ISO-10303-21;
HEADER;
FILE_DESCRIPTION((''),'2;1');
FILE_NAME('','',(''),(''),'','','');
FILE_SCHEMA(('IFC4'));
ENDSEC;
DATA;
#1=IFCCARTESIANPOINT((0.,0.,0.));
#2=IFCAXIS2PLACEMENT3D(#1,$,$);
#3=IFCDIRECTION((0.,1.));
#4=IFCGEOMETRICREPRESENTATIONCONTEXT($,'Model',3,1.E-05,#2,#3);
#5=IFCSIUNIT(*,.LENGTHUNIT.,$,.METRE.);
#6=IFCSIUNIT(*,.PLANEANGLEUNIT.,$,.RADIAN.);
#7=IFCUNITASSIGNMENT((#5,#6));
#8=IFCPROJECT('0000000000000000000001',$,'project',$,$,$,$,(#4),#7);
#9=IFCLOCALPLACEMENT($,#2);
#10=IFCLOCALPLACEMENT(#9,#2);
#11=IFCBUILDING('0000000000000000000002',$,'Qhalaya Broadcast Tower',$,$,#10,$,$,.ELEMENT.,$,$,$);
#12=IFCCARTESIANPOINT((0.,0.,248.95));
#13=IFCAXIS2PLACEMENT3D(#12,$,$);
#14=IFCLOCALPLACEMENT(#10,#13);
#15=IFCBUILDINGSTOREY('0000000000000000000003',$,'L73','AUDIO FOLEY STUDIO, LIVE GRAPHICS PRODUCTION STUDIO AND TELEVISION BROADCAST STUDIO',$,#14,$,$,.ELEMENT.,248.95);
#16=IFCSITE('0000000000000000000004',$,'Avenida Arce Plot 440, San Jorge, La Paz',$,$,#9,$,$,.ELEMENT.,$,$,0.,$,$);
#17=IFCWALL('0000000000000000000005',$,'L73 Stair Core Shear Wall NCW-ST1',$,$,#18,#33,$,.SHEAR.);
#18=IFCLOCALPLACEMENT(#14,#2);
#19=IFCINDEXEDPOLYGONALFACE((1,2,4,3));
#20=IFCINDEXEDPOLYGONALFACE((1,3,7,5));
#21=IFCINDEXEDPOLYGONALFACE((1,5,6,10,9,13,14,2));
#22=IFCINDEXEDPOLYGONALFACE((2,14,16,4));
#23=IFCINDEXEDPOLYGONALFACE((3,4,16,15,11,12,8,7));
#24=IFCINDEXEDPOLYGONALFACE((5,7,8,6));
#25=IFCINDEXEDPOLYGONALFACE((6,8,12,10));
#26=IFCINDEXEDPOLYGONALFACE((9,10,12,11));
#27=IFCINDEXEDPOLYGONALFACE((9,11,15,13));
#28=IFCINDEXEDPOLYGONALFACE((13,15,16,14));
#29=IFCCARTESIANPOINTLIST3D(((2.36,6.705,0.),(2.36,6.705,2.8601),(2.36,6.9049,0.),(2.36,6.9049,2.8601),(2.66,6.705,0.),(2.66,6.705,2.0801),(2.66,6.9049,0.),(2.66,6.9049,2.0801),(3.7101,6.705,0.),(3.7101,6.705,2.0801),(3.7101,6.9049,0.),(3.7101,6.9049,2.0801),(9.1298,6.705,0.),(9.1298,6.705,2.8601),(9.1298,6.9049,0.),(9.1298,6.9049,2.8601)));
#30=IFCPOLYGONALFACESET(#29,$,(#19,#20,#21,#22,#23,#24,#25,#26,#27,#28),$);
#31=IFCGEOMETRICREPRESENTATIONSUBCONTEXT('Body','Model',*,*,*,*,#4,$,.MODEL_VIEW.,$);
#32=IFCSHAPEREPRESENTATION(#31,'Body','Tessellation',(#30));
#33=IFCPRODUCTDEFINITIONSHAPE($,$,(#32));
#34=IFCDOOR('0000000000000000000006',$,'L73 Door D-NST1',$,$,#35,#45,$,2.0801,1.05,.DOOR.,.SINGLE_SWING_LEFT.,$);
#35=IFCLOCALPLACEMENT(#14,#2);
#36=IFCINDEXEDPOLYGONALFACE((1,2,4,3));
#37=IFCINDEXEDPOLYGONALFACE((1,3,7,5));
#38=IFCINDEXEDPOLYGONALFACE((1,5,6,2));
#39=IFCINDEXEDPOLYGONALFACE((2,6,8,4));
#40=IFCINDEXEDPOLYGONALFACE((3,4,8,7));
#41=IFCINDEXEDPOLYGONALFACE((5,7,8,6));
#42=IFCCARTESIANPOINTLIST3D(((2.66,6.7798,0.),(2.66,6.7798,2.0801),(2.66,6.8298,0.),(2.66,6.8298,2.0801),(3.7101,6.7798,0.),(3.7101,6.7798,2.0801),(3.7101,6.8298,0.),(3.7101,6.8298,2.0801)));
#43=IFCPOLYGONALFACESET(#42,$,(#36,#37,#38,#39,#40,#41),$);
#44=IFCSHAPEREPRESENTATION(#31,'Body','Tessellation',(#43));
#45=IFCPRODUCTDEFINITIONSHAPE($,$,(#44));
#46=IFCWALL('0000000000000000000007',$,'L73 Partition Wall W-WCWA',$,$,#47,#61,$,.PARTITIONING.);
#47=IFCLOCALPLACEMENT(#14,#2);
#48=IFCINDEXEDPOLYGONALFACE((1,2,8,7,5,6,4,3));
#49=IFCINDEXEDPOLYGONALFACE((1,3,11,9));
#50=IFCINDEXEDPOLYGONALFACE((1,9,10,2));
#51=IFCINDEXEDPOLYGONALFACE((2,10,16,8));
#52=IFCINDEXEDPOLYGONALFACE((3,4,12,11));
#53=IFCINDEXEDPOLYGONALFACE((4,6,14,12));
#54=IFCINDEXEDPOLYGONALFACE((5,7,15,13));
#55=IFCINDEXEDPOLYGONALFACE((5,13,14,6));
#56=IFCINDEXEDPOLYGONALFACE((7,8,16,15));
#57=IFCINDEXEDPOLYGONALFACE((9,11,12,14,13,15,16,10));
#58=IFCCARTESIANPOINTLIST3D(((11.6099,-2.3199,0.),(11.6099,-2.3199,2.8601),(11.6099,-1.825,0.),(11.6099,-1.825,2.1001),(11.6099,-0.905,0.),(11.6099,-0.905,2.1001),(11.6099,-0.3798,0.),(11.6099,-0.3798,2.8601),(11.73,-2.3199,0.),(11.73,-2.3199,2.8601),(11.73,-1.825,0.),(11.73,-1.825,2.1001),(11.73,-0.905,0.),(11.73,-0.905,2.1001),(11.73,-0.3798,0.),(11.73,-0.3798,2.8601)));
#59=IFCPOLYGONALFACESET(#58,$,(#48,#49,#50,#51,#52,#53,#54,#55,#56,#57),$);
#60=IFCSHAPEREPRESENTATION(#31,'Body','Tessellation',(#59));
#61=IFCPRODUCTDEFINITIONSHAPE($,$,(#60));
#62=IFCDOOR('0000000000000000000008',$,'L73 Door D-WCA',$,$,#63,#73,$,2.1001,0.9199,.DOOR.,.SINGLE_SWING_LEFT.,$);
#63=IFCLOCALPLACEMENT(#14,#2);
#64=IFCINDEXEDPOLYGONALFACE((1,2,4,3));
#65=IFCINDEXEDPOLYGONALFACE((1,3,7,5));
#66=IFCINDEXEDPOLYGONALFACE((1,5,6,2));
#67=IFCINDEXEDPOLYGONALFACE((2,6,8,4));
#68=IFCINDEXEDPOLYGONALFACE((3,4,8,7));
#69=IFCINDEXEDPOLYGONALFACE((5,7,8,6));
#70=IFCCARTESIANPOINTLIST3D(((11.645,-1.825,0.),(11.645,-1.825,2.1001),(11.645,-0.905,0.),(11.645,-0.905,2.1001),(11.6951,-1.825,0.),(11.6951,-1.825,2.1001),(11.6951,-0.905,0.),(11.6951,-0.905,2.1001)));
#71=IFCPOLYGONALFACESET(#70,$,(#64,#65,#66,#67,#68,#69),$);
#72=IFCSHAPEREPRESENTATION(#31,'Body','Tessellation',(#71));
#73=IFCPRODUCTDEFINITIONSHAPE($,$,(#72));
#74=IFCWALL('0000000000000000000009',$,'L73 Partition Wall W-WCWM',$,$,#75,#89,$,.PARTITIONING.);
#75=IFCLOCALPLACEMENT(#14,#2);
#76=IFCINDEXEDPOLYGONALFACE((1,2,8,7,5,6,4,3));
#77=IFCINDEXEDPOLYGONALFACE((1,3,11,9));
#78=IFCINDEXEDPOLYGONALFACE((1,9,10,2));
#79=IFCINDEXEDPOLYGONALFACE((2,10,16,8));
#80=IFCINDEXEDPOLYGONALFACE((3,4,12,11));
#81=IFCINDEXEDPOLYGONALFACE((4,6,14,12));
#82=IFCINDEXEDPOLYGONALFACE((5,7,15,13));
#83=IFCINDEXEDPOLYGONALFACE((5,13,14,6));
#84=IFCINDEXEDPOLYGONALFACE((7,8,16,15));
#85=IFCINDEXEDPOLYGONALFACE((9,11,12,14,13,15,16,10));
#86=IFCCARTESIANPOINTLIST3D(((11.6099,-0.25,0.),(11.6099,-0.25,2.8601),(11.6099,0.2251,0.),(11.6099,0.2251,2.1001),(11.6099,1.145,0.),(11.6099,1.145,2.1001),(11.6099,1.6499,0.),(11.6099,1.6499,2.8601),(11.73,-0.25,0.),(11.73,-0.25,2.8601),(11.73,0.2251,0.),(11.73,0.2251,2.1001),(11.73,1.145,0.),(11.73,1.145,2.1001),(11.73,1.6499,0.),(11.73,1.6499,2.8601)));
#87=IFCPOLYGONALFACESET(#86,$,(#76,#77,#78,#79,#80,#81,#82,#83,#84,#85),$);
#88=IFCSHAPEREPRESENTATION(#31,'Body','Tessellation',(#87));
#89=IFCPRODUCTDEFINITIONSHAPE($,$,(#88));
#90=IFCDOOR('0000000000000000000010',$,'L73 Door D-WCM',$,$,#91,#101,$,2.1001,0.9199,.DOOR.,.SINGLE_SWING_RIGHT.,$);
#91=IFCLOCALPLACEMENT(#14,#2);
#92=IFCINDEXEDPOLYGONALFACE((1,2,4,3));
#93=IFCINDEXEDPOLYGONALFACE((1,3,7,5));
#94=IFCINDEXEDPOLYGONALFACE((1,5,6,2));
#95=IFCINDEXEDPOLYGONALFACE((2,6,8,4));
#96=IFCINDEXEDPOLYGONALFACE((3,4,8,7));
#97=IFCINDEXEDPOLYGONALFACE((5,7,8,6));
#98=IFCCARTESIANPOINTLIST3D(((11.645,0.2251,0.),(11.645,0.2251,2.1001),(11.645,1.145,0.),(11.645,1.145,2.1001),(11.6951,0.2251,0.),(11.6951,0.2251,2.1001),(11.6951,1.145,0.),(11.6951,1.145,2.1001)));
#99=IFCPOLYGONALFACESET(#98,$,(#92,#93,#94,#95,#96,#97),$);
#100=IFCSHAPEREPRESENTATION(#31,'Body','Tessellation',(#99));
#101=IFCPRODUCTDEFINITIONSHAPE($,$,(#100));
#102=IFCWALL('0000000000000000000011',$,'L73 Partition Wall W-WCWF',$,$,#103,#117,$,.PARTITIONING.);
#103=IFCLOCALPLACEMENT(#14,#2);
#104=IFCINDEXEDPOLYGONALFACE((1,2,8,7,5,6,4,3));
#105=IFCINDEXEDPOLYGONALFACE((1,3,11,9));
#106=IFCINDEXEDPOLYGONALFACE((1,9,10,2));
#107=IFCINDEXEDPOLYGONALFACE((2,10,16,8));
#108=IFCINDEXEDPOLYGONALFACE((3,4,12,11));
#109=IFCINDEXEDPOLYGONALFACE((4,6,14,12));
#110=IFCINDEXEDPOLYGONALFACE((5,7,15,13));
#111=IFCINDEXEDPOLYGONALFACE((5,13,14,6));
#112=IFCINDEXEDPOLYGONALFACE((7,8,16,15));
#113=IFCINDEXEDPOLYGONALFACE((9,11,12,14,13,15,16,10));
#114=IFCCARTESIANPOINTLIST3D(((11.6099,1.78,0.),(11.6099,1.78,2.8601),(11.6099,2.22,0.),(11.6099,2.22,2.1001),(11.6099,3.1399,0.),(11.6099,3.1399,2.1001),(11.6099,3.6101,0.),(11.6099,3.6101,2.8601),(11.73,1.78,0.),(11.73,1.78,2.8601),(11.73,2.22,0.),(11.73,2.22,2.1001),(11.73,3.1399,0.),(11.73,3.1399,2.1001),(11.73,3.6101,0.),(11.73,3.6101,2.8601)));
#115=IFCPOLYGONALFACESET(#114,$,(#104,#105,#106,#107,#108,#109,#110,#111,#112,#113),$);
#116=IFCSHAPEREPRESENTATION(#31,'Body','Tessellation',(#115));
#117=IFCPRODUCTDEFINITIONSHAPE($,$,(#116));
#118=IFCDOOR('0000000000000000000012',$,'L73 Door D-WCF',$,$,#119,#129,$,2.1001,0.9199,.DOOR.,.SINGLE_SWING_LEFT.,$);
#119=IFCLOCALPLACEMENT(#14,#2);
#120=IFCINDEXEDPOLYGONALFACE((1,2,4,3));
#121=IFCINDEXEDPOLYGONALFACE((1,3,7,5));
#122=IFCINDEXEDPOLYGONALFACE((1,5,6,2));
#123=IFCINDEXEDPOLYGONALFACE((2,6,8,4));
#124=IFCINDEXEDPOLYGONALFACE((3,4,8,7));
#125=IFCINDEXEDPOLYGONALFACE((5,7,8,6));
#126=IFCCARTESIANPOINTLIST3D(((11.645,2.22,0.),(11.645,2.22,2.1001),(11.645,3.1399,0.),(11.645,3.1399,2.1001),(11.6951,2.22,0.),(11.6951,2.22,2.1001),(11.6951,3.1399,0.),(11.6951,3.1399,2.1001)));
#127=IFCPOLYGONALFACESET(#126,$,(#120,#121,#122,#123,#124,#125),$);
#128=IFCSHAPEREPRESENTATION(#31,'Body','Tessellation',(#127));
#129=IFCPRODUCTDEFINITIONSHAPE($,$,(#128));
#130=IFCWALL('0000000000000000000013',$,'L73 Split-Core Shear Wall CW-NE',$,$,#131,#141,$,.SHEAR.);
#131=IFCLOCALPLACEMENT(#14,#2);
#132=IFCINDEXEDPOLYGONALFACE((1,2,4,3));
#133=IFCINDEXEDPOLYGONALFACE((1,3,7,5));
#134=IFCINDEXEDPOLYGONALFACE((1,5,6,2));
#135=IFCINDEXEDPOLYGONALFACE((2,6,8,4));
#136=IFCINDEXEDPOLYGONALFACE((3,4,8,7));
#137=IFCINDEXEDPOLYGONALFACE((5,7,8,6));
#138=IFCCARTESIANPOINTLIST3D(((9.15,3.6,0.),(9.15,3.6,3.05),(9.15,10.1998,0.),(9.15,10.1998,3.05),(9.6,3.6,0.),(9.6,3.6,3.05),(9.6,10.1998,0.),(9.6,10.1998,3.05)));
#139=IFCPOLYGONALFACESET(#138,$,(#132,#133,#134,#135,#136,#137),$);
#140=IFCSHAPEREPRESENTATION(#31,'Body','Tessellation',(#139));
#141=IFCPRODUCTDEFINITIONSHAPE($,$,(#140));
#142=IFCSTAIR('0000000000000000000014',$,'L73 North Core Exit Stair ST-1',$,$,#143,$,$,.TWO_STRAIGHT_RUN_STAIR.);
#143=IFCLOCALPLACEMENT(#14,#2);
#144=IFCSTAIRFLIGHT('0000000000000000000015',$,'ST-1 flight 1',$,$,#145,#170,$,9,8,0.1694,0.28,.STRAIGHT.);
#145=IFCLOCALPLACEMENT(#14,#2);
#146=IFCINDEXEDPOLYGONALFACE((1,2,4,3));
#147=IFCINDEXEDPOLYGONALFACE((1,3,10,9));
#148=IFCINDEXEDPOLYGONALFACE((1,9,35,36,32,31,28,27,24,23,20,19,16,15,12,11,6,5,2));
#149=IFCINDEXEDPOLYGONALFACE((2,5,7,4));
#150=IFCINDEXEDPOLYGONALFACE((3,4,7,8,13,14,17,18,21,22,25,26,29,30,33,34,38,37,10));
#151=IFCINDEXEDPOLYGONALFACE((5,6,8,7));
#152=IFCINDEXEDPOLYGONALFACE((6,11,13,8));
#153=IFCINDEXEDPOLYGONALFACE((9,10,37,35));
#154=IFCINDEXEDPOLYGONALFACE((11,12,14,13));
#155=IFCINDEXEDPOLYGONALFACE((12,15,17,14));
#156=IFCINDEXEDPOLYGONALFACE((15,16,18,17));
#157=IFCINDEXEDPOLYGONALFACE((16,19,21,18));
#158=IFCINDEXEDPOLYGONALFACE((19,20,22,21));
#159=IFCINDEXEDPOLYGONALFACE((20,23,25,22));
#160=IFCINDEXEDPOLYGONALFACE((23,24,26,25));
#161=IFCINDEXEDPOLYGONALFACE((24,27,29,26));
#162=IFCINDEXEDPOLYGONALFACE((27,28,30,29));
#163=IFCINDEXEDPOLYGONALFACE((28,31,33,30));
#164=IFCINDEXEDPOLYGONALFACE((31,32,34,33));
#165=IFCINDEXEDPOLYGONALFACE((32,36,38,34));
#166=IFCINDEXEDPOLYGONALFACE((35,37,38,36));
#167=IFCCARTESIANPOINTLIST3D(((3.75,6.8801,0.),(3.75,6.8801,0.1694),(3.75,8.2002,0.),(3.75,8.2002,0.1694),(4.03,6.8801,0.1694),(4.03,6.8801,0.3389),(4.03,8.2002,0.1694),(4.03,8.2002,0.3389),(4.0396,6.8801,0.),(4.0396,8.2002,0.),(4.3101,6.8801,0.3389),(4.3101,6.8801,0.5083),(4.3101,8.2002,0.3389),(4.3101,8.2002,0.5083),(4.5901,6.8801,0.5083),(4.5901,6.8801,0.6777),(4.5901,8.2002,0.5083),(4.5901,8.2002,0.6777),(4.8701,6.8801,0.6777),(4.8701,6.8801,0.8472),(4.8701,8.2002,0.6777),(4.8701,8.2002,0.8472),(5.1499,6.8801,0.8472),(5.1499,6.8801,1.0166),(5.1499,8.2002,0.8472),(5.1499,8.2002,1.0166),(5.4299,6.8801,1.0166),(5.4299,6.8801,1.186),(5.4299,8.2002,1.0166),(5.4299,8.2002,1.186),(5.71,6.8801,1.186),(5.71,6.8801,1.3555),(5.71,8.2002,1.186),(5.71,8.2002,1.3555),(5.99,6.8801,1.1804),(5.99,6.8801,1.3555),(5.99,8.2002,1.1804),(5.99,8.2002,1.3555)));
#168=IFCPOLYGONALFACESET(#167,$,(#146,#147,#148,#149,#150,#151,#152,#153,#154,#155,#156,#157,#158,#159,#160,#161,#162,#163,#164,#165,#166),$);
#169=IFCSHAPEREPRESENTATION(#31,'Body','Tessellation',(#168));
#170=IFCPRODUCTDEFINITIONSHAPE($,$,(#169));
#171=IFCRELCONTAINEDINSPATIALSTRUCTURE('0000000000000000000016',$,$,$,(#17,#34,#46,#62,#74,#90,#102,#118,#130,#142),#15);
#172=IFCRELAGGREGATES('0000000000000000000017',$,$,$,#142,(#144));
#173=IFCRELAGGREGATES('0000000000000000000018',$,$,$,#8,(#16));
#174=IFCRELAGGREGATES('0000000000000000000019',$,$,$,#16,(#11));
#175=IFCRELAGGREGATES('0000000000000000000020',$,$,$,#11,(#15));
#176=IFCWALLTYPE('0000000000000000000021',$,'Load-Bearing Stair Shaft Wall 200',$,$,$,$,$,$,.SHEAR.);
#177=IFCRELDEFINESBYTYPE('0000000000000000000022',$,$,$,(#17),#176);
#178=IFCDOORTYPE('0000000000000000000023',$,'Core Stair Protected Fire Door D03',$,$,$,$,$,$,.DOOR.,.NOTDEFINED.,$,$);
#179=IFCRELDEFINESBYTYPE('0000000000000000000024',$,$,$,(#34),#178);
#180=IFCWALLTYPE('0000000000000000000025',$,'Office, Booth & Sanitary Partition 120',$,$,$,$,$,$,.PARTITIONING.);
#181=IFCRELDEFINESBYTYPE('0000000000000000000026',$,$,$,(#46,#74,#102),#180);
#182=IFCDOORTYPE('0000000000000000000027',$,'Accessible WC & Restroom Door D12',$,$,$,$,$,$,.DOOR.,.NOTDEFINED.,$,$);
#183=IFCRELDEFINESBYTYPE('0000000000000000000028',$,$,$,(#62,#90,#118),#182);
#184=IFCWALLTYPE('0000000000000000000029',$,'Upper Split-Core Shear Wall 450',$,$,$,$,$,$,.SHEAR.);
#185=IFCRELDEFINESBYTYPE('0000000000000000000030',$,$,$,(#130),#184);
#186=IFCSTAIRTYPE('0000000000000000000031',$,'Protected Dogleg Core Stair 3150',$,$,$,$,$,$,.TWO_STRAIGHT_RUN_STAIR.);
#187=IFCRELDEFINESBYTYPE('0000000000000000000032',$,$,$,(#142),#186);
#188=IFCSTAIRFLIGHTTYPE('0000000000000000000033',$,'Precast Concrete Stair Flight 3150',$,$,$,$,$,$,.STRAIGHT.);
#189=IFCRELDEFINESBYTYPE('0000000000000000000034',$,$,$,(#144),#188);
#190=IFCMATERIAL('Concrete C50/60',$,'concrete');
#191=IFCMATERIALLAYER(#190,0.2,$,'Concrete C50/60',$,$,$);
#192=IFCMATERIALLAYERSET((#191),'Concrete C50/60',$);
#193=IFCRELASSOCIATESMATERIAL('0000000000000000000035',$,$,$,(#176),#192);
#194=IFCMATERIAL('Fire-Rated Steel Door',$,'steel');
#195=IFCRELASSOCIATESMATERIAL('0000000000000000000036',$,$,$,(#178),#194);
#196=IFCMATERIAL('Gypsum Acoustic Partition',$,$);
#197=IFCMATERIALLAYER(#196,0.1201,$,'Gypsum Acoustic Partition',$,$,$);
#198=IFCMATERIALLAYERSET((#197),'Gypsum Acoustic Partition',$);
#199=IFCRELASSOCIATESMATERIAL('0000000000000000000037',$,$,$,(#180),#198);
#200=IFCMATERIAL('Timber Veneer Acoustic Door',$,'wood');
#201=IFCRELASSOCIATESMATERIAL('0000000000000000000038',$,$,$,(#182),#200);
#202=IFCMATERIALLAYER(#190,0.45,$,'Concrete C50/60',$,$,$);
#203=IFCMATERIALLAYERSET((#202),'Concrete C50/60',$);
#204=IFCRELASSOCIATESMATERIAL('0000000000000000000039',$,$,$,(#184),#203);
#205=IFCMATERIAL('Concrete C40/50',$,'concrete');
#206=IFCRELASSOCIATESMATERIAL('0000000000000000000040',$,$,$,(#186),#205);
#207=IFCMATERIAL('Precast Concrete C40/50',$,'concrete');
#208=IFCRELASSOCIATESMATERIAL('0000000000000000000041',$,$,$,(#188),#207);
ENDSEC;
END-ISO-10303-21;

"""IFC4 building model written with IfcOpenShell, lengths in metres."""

from ifc_helpers import new_model, si_unit, direction, frame, frame_2d, origin, place, context, subcontext, project, spatial, polyline, rectangle, outline, extrude, material, layer, layer_set, type_object, element, fill, aggregate, save


model = new_model("IFC4")

# Units and contexts
model_context = context("Model", 3, precision=1e-05, world=origin(), true_north=direction((0.0, 1.0)))
body_context = subcontext(model_context, "Body", "Model", "MODEL_VIEW")
ifc_project = project(units=[si_unit("LENGTHUNIT", "METRE"), si_unit("PLANEANGLEUNIT", "RADIAN")], contexts=[model_context])

# Site, building, storey
site_placement = place(None, origin())
site = spatial("IfcSite", under=ifc_project, at=site_placement, Name="Avenida Arce Plot 440, San Jorge, La Paz", CompositionType="ELEMENT", RefElevation=0.0)
building_placement = place(site_placement, origin())
building = spatial("IfcBuilding", under=site, at=building_placement, Name="Qhalaya Broadcast Tower", CompositionType="ELEMENT")
storey_placement = place(building_placement, frame((0.0, 0.0, 248.95)))
storey = spatial("IfcBuildingStorey", under=building, at=storey_placement, Name="L73", Description="AUDIO FOLEY STUDIO, LIVE GRAPHICS PRODUCTION STUDIO AND TELEVISION BROADCAST STUDIO", CompositionType="ELEMENT", Elevation=248.95)

# Shared definitions
ifc_material_1 = material(Name="Concrete C50/60", Category="concrete")

# Walls, openings, doors
ifc_material_2 = material(Name="Gypsum Acoustic Partition")
ifc_material_3 = material(Name="Timber Veneer Acoustic Door", Category="wood")
ifc_layer_1 = layer(ifc_material_1, 0.2, Name="Concrete C50/60")
ifc_layer_set_1 = layer_set([ifc_layer_1], Name="Concrete C50/60")
wall_type_1 = type_object("IfcWallType", Name="Load-Bearing Stair Shaft Wall 200", PredefinedType="SHEAR", material=ifc_layer_set_1)
wall_1_placement = place(storey_placement, frame((2.3601, 6.8049, 0.0), z_axis=(0.0, 0.0, 1.0), x_axis=(1.0, 0.0, 0.0)))
wall_1 = element("IfcWall", 1, at=wall_1_placement, inside=storey, type_object=wall_type_1, Name="L73 Stair Core Shear Wall NCW-ST1", PredefinedType="SHEAR", context=body_context, shape_type="SweptSolid", body=[
    extrude(rectangle(XDim=6.7698, YDim=0.2, at=frame_2d((3.3848, 0.0))), origin(), (0.0, 0.0, 1.0), 2.8601),
])
opening_1_placement = place(wall_1_placement, frame((0.3, 0.0, 0.0)))
opening_1 = element("IfcOpeningElement", 2, at=opening_1_placement, cuts=wall_1, PredefinedType="OPENING", context=body_context, shape_type="SweptSolid", body=[
    extrude(rectangle(XDim=1.05, YDim=2.0801, at=frame_2d((0.5249, 1.04))), frame((0.0, 0.1121, 0.0), z_axis=(0.0, -1.0, 0.0), x_axis=(1.0, 0.0, 0.0)), (0.0, 0.0, 1.0), 0.2239),
])
ifc_material_4 = material(Name="Fire-Rated Steel Door", Category="steel")
door_type_1 = type_object("IfcDoorType", Name="Core Stair Protected Fire Door D03", OperationType="NOTDEFINED", PredefinedType="DOOR", material=ifc_material_4)
door_1_placement = place(opening_1_placement, origin())
door_1 = element("IfcDoor", 3, at=door_1_placement, inside=storey, type_object=door_type_1, Name="L73 Door D-NST1", OperationType="SINGLE_SWING_LEFT", OverallHeight=2.0801, OverallWidth=1.05, PredefinedType="DOOR", context=body_context, shape_type="SweptSolid", body=[
    extrude(rectangle(XDim=1.05, YDim=2.0801, at=frame_2d((0.5249, 1.04))), frame((0.0, 0.0249, 0.0), z_axis=(0.0, -1.0, 0.0), x_axis=(1.0, 0.0, 0.0)), (0.0, 0.0, 1.0), 0.05),
])
fill(opening_1, door_1)
ifc_layer_2 = layer(ifc_material_2, 0.1201, Name="Gypsum Acoustic Partition")
ifc_layer_set_2 = layer_set([ifc_layer_2], Name="Gypsum Acoustic Partition")
wall_type_2 = type_object("IfcWallType", Name="Office, Booth & Sanitary Partition 120", PredefinedType="PARTITIONING", material=ifc_layer_set_2)
wall_2_placement = place(storey_placement, frame((11.6699, -2.3201, 0.0), z_axis=(0.0, 0.0, 1.0), x_axis=(0.0, 1.0, 0.0)))
wall_2 = element("IfcWall", 4, at=wall_2_placement, inside=storey, type_object=wall_type_2, Name="L73 Partition Wall W-WCWA", PredefinedType="PARTITIONING", context=body_context, shape_type="SweptSolid", body=[
    extrude(rectangle(XDim=1.9402, YDim=0.1201, at=frame_2d((0.9702, 0.0))), origin(), (0.0, 0.0, 1.0), 2.8601),
])
opening_2_placement = place(wall_2_placement, frame((0.4951, 0.0, 0.0)))
opening_2 = element("IfcOpeningElement", 5, at=opening_2_placement, cuts=wall_2, PredefinedType="OPENING", context=body_context, shape_type="SweptSolid", body=[
    extrude(rectangle(XDim=0.9199, YDim=2.1001, at=frame_2d((0.46, 1.05))), frame((0.0, 0.072, 0.0), z_axis=(0.0, -1.0, 0.0), x_axis=(1.0, 0.0, 0.0)), (0.0, 0.0, 1.0), 0.144),
])
door_type_2 = type_object("IfcDoorType", Name="Accessible WC & Restroom Door D12", OperationType="NOTDEFINED", PredefinedType="DOOR", material=ifc_material_3)
door_2_placement = place(opening_2_placement, origin())
door_2 = element("IfcDoor", 6, at=door_2_placement, inside=storey, type_object=door_type_2, Name="L73 Door D-WCA", OperationType="SINGLE_SWING_LEFT", OverallHeight=2.1001, OverallWidth=0.9199, PredefinedType="DOOR", context=body_context, shape_type="SweptSolid", body=[
    extrude(rectangle(XDim=0.9199, YDim=2.1001, at=frame_2d((0.46, 1.05))), frame((0.0, 0.0249, 0.0), z_axis=(0.0, -1.0, 0.0), x_axis=(1.0, 0.0, 0.0)), (0.0, 0.0, 1.0), 0.05),
])
fill(opening_2, door_2)
wall_3_placement = place(storey_placement, frame((11.6699, -0.25, 0.0), z_axis=(0.0, 0.0, 1.0), x_axis=(0.0, 1.0, 0.0)))
wall_3 = element("IfcWall", 7, at=wall_3_placement, inside=storey, type_object=wall_type_2, Name="L73 Partition Wall W-WCWM", PredefinedType="PARTITIONING", context=body_context, shape_type="SweptSolid", body=[
    extrude(rectangle(XDim=1.8999, YDim=0.1201, at=frame_2d((0.95, 0.0))), origin(), (0.0, 0.0, 1.0), 2.8601),
])
opening_3_placement = place(wall_3_placement, frame((0.4751, 0.0, 0.0)))
opening_3 = element("IfcOpeningElement", 8, at=opening_3_placement, cuts=wall_3, PredefinedType="OPENING", context=body_context, shape_type="SweptSolid", body=[
    extrude(rectangle(XDim=0.9199, YDim=2.1001, at=frame_2d((0.46, 1.05))), frame((0.0, 0.072, 0.0), z_axis=(0.0, -1.0, 0.0), x_axis=(1.0, 0.0, 0.0)), (0.0, 0.0, 1.0), 0.144),
])
door_3_placement = place(opening_3_placement, origin())
door_3 = element("IfcDoor", 9, at=door_3_placement, inside=storey, type_object=door_type_2, Name="L73 Door D-WCM", OperationType="SINGLE_SWING_RIGHT", OverallHeight=2.1001, OverallWidth=0.9199, PredefinedType="DOOR", context=body_context, shape_type="SweptSolid", body=[
    extrude(rectangle(XDim=0.9199, YDim=2.1001, at=frame_2d((0.46, 1.05))), frame((0.0, 0.0249, 0.0), z_axis=(0.0, -1.0, 0.0), x_axis=(1.0, 0.0, 0.0)), (0.0, 0.0, 1.0), 0.05),
])
fill(opening_3, door_3)
wall_4_placement = place(storey_placement, frame((11.6699, 1.78, 0.0), z_axis=(0.0, 0.0, 1.0), x_axis=(0.0, 1.0, 0.0)))
wall_4 = element("IfcWall", 10, at=wall_4_placement, inside=storey, type_object=wall_type_2, Name="L73 Partition Wall W-WCWF", PredefinedType="PARTITIONING", context=body_context, shape_type="SweptSolid", body=[
    extrude(rectangle(XDim=1.8301, YDim=0.1201, at=frame_2d((0.915, 0.0))), origin(), (0.0, 0.0, 1.0), 2.8601),
])
opening_4_placement = place(wall_4_placement, frame((0.4399, 0.0, 0.0)))
opening_4 = element("IfcOpeningElement", 11, at=opening_4_placement, cuts=wall_4, PredefinedType="OPENING", context=body_context, shape_type="SweptSolid", body=[
    extrude(rectangle(XDim=0.9199, YDim=2.1001, at=frame_2d((0.46, 1.05))), frame((0.0, 0.072, 0.0), z_axis=(0.0, -1.0, 0.0), x_axis=(1.0, 0.0, 0.0)), (0.0, 0.0, 1.0), 0.144),
])
door_4_placement = place(opening_4_placement, origin())
door_4 = element("IfcDoor", 12, at=door_4_placement, inside=storey, type_object=door_type_2, Name="L73 Door D-WCF", OperationType="SINGLE_SWING_LEFT", OverallHeight=2.1001, OverallWidth=0.9199, PredefinedType="DOOR", context=body_context, shape_type="SweptSolid", body=[
    extrude(rectangle(XDim=0.9199, YDim=2.1001, at=frame_2d((0.46, 1.05))), frame((0.0, 0.0249, 0.0), z_axis=(0.0, -1.0, 0.0), x_axis=(1.0, 0.0, 0.0)), (0.0, 0.0, 1.0), 0.05),
])
fill(opening_4, door_4)

# Wall
ifc_layer_3 = layer(ifc_material_1, 0.45, Name="Concrete C50/60")
ifc_layer_set_3 = layer_set([ifc_layer_3], Name="Concrete C50/60")
wall_type_3 = type_object("IfcWallType", Name="Upper Split-Core Shear Wall 450", PredefinedType="SHEAR", material=ifc_layer_set_3)
wall_5_placement = place(storey_placement, frame((9.375, 3.6001, 0.0), z_axis=(0.0, 0.0, 1.0), x_axis=(0.0, 1.0, 0.0)))
element("IfcWall", 13, at=wall_5_placement, inside=storey, type_object=wall_type_3, Name="L73 Split-Core Shear Wall CW-NE", PredefinedType="SHEAR", context=body_context, shape_type="SweptSolid", body=[
    extrude(rectangle(XDim=6.5999, YDim=0.45, at=frame_2d((3.2998, 0.0))), origin(), (0.0, 0.0, 1.0), 3.05),
])

# Stair, stair flight
ifc_material_5 = material(Name="Concrete C40/50", Category="concrete")
stair_type = type_object("IfcStairType", Name="Protected Dogleg Core Stair 3150", PredefinedType="TWO_STRAIGHT_RUN_STAIR", material=ifc_material_5)
stair_placement = place(storey_placement, origin())
stair = element("IfcStair", 14, at=stair_placement, inside=storey, type_object=stair_type, Name="L73 North Core Exit Stair ST-1", PredefinedType="TWO_STRAIGHT_RUN_STAIR")
ifc_material_6 = material(Name="Precast Concrete C40/50", Category="concrete")
stair_flight_type = type_object("IfcStairFlightType", Name="Precast Concrete Stair Flight 3150", PredefinedType="STRAIGHT", material=ifc_material_6)
stair_flight_placement = place(storey_placement, frame((3.75, 7.54, 0.0), z_axis=(0.0, 0.0, 1.0), x_axis=(1.0, 0.0, 0.0)))
stair_flight = element("IfcStairFlight", 15, at=stair_flight_placement, type_object=stair_flight_type, Name="ST-1 flight 1", NumberOfRisers=9, NumberOfTreads=8, PredefinedType="STRAIGHT", RiserHeight=0.1694, TreadLength=0.28, context=body_context, shape_type="SweptSolid", body=[
    extrude(outline(polyline([(0.0, 0.0), (0.0, 0.1694), (0.28, 0.1694), (0.28, 0.3389), (0.5601, 0.3389), (0.5601, 0.5083), (0.8401, 0.5083), (0.8401, 0.6777), (1.1201, 0.6777), (1.1201, 0.8472), (1.3999, 0.8472), (1.3999, 1.0166), (1.6799, 1.0166), (1.6799, 1.186), (1.96, 1.186), (1.96, 1.3555), (2.24, 1.3555), (2.24, 1.5249), (2.24, 1.1804), (0.2896, 0.0), (0.0, 0.0)])), frame((0.0, 0.6602, 0.0), z_axis=(0.0, -1.0, 0.0), x_axis=(1.0, 0.0, 0.0)), (0.0, 0.0, 1.0), 1.3201),
])
aggregate(stair, [stair_flight])

save(model, "model.ifc")
